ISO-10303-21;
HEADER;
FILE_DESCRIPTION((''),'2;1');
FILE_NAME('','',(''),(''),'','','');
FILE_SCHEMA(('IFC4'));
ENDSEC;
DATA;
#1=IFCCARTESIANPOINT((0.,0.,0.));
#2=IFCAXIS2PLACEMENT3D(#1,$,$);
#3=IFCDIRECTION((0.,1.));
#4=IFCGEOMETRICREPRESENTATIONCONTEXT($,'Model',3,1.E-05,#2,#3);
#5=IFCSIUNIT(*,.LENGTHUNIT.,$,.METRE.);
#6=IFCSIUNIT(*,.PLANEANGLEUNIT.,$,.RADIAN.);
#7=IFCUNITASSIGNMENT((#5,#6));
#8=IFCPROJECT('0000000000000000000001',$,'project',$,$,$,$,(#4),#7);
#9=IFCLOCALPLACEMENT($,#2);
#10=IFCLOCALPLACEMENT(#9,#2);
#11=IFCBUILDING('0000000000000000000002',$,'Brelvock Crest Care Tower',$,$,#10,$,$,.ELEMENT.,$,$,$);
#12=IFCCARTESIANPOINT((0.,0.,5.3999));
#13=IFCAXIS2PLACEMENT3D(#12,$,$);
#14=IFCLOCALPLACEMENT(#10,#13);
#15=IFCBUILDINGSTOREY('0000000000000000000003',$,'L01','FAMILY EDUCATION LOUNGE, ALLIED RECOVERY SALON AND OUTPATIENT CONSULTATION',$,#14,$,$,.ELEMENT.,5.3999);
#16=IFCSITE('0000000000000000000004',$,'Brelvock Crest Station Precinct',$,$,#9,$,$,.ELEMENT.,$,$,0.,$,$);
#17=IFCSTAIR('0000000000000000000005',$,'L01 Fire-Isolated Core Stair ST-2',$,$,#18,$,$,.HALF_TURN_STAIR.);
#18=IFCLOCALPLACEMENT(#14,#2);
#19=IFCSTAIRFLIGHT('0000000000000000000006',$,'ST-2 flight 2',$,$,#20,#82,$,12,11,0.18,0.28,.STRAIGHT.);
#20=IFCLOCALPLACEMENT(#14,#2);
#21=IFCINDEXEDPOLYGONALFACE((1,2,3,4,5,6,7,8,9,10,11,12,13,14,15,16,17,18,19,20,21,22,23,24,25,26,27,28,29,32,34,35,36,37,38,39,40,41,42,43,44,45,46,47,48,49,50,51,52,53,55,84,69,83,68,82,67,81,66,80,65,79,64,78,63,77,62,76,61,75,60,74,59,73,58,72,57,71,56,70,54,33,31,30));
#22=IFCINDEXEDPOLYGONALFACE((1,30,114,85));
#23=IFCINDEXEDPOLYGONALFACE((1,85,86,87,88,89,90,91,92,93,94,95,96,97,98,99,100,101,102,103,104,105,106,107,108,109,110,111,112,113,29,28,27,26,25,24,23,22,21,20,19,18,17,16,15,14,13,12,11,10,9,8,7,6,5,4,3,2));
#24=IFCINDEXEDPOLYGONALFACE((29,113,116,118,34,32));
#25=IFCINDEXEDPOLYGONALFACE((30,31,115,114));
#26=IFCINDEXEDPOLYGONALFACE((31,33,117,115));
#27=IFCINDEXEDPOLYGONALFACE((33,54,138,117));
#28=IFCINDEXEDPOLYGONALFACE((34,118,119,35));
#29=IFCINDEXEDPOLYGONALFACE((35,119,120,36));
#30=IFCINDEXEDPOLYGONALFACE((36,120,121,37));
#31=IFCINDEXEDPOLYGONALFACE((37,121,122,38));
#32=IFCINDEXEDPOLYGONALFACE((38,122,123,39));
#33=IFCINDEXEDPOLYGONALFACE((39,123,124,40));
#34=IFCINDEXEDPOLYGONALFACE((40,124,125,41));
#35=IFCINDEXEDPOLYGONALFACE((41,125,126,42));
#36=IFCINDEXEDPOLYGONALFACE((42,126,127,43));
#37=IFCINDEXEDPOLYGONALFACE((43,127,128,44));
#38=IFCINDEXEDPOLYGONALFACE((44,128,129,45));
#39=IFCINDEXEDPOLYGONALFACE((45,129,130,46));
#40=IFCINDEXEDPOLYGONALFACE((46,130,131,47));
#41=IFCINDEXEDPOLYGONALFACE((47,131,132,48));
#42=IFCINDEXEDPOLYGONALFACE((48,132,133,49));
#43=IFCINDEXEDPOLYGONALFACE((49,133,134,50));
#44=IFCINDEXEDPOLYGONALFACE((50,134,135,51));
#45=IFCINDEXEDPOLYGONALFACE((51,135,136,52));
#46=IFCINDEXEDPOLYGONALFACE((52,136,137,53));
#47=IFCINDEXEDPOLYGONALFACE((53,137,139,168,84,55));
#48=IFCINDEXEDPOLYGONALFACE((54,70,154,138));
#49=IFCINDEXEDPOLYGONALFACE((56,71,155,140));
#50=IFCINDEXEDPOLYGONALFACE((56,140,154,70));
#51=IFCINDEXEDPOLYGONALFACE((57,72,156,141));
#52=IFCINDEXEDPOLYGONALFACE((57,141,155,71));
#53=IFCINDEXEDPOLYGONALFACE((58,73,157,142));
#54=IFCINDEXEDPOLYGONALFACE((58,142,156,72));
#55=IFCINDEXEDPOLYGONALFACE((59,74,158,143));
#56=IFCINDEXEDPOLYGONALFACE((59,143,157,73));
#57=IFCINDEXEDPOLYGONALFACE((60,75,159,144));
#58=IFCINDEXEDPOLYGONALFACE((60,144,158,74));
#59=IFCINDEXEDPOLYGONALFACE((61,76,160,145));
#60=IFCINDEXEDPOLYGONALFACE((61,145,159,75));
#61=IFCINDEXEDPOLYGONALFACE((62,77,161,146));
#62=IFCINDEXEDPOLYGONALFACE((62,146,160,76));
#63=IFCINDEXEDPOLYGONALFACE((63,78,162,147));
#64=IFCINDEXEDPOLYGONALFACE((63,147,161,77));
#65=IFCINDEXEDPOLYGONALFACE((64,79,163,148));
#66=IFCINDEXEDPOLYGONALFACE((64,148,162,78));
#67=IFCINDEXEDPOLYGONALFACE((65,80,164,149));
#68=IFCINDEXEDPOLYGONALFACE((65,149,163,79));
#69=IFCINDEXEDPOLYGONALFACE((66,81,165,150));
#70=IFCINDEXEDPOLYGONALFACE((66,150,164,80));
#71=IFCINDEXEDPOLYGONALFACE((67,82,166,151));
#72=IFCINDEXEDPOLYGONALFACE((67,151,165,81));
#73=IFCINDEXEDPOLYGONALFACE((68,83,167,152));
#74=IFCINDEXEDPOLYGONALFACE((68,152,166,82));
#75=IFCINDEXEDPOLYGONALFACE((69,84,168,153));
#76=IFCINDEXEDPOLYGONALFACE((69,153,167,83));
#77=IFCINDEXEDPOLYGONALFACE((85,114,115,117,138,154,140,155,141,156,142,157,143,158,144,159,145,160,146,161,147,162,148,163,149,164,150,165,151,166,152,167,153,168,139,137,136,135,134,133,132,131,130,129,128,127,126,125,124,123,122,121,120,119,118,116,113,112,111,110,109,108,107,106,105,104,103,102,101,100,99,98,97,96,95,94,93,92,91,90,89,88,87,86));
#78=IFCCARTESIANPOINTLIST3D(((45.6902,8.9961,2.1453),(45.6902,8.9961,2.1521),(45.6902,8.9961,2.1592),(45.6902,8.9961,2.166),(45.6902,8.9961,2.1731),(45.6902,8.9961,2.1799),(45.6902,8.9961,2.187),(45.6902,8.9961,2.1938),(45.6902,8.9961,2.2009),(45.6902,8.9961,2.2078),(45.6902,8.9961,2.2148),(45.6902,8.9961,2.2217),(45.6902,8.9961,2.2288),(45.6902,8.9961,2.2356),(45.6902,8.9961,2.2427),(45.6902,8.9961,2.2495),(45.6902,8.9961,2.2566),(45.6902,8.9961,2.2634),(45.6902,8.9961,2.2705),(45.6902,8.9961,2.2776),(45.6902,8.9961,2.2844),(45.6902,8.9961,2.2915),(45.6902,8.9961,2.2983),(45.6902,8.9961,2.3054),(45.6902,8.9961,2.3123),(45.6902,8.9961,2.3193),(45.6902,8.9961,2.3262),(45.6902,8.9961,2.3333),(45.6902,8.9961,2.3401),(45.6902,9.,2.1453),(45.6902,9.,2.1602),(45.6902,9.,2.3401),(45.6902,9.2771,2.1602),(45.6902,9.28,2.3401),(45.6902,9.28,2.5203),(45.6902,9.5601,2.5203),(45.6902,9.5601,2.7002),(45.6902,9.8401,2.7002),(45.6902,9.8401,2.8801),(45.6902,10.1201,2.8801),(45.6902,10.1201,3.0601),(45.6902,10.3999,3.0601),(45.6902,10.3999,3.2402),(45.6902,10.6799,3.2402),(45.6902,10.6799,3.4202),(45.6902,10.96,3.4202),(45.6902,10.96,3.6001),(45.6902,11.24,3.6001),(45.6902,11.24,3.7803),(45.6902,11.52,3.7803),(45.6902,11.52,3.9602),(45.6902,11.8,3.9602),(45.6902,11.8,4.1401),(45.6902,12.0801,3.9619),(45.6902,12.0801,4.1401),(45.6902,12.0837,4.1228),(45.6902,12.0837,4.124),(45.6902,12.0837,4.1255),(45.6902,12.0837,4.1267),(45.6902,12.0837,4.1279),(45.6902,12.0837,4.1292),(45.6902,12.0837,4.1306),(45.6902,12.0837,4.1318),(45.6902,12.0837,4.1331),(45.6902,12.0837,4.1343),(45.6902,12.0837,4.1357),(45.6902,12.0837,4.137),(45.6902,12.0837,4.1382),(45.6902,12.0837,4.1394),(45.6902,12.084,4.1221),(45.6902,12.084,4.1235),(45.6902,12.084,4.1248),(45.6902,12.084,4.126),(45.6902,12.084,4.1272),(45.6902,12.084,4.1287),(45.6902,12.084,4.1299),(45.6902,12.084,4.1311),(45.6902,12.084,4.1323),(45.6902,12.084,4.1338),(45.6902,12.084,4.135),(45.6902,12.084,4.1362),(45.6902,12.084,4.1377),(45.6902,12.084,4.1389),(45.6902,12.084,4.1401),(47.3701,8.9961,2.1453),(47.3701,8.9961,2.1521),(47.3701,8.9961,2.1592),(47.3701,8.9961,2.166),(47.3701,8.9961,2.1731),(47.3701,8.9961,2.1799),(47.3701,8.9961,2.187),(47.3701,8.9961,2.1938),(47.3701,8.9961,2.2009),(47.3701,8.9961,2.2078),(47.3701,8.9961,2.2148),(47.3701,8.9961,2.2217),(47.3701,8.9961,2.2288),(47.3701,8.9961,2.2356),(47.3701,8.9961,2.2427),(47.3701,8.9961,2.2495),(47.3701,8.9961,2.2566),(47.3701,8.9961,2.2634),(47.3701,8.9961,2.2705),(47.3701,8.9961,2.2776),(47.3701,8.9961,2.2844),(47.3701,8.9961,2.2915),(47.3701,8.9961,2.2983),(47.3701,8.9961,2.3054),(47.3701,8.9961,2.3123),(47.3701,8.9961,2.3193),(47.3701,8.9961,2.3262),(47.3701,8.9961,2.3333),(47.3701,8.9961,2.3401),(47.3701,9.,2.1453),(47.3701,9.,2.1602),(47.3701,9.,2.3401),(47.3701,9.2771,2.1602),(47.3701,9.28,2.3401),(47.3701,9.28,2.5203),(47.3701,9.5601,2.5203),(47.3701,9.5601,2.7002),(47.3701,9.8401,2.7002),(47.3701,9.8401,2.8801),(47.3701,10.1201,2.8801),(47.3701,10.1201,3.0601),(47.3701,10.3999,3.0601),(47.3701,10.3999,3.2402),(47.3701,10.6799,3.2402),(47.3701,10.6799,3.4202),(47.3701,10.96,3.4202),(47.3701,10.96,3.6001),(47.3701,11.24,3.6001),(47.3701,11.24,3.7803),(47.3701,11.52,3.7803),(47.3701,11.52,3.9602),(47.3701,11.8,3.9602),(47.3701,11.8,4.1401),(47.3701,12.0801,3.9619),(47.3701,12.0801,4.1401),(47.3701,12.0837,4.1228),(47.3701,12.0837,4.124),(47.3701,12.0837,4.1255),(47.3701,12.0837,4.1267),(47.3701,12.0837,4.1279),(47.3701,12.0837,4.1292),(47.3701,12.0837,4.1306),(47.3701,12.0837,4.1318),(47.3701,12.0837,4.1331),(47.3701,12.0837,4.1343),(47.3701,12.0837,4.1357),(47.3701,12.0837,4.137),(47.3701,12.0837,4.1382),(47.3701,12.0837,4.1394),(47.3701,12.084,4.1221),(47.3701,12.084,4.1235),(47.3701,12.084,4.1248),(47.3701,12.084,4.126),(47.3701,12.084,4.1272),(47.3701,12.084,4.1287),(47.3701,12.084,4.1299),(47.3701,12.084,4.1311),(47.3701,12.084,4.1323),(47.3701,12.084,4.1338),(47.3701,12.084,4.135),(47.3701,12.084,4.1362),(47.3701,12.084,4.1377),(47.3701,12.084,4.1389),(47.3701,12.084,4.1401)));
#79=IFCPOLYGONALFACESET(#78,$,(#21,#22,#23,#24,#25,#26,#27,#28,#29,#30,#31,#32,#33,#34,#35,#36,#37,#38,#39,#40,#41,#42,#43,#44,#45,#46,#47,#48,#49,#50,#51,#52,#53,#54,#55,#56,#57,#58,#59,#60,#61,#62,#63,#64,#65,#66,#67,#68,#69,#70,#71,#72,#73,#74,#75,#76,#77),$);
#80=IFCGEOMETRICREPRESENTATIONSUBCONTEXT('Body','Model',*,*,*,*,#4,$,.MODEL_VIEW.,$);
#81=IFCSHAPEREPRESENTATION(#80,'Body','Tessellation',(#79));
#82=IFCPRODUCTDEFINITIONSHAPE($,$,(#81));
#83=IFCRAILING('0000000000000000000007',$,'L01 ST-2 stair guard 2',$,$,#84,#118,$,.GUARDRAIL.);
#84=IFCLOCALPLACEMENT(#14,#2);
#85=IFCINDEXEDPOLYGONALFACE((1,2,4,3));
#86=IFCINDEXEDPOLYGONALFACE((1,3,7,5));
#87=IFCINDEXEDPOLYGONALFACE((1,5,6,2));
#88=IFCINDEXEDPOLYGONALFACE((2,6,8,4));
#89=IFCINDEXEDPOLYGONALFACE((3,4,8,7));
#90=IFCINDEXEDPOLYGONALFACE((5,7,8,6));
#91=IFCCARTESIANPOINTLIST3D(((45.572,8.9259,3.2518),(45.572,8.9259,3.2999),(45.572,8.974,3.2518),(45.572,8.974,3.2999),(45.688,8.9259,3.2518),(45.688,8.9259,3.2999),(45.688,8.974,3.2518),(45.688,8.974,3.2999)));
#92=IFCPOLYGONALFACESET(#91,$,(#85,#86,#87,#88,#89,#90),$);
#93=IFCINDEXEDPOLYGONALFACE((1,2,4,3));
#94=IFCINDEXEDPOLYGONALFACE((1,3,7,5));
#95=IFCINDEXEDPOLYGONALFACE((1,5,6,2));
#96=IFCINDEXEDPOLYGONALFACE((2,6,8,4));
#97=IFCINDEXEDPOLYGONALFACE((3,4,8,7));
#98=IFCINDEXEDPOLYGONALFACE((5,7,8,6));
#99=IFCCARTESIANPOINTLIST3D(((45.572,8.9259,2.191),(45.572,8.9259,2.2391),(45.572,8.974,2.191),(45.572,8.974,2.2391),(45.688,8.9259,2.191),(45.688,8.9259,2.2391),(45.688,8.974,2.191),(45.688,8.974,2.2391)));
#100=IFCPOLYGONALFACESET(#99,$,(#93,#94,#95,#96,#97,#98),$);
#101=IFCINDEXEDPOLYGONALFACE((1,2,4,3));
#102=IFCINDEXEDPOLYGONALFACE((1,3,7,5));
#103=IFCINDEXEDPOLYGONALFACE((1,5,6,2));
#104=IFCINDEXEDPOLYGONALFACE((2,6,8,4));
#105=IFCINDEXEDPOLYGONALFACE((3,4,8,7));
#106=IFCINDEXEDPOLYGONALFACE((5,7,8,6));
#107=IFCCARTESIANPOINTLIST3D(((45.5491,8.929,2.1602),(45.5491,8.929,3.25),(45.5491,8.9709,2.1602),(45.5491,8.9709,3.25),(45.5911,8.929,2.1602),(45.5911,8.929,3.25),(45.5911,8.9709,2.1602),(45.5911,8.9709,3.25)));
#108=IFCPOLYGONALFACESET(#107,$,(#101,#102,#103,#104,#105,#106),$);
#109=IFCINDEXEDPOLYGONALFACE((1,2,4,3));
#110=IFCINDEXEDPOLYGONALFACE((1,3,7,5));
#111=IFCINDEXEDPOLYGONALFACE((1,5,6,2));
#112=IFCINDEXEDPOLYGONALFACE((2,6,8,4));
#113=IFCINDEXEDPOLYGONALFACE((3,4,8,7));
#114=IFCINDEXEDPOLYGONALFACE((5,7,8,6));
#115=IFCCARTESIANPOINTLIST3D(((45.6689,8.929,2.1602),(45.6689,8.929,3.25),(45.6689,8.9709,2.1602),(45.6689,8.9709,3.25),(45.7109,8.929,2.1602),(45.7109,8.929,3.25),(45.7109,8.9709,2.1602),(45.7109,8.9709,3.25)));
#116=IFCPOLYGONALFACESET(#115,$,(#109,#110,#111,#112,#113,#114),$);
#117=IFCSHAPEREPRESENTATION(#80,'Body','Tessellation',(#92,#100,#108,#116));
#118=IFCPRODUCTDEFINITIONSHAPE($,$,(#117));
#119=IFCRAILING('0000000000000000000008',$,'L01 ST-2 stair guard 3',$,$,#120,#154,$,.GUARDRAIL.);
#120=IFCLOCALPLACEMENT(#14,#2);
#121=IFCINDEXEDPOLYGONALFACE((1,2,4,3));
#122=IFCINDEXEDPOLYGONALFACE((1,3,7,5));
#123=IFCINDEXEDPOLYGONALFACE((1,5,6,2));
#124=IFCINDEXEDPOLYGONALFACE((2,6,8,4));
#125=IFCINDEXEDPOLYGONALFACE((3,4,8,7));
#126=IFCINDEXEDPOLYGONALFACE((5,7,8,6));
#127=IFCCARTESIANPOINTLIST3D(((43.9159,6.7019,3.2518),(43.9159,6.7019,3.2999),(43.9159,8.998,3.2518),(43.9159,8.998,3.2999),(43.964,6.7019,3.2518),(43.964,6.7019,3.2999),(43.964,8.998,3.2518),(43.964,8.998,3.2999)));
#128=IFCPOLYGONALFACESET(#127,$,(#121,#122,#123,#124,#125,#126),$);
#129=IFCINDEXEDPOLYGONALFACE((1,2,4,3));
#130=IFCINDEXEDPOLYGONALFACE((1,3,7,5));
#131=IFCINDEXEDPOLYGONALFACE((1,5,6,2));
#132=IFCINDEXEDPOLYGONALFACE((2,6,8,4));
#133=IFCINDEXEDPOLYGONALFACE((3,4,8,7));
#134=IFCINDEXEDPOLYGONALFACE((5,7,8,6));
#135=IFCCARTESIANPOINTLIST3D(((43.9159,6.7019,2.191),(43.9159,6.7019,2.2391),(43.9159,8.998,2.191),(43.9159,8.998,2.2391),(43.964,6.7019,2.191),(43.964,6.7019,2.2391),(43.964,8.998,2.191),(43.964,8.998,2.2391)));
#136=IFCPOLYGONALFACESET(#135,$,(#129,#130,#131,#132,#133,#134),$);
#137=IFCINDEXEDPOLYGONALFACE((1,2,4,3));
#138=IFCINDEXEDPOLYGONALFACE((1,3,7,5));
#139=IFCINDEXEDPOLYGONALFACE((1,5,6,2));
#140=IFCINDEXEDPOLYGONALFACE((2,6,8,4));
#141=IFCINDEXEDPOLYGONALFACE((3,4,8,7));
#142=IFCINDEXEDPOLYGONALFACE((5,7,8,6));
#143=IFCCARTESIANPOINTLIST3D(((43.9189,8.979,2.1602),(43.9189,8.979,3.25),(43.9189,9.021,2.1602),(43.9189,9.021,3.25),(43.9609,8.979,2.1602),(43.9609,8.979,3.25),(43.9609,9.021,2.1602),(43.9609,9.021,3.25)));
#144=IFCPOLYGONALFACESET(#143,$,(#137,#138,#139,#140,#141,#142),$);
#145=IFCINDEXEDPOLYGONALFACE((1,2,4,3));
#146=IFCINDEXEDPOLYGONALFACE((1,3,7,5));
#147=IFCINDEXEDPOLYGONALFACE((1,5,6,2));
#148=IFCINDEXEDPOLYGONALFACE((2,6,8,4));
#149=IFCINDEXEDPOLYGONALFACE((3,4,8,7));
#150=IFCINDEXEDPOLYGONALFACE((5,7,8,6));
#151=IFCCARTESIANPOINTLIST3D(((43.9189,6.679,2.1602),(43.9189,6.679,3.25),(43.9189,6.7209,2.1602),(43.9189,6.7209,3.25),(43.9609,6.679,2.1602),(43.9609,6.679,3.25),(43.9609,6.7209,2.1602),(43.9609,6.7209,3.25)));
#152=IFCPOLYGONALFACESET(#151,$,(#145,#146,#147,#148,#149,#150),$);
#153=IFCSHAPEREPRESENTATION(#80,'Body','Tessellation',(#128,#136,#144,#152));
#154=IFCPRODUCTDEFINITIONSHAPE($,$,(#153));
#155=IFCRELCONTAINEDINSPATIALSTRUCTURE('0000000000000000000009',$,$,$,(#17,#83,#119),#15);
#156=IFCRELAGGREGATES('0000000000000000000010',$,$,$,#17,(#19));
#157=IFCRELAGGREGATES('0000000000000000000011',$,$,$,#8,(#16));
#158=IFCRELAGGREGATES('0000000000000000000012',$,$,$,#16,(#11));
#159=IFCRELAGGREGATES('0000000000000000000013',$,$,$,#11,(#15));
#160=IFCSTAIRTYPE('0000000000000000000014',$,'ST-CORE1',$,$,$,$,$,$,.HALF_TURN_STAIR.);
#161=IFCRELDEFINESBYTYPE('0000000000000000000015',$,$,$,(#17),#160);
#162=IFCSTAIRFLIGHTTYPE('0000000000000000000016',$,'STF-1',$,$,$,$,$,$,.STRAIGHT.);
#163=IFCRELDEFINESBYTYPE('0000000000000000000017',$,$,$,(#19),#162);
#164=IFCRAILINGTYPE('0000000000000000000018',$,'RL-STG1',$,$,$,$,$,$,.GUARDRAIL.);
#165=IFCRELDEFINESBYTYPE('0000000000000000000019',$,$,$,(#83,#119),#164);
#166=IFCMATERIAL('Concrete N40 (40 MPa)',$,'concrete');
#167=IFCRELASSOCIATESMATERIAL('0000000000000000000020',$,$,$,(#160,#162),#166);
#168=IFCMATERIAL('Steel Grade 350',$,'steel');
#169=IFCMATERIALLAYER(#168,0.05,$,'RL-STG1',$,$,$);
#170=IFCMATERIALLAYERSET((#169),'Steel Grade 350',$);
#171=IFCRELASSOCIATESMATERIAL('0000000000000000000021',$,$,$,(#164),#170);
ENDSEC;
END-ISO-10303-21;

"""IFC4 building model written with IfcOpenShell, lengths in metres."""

from ifc_helpers import new_model, si_unit, direction, frame, origin, origin_2d, place, context, subcontext, project, spatial, polyline, rectangle, outline, extrude, material, layer, layer_set, type_object, element, aggregate, save


model = new_model("IFC4")

# Units and contexts
model_context = context("Model", 3, precision=1e-05, world=origin(), true_north=direction((0.0, 1.0)))
body_context = subcontext(model_context, "Body", "Model", "MODEL_VIEW")
ifc_project = project(units=[si_unit("LENGTHUNIT", "METRE"), si_unit("PLANEANGLEUNIT", "RADIAN")], contexts=[model_context])

# Site, building, storey
site_placement = place(None, origin())
site = spatial("IfcSite", under=ifc_project, at=site_placement, Name="Brelvock Crest Station Precinct", CompositionType="ELEMENT", RefElevation=0.0)
building_placement = place(site_placement, origin())
building = spatial("IfcBuilding", under=site, at=building_placement, Name="Brelvock Crest Care Tower", CompositionType="ELEMENT")
storey_placement = place(building_placement, frame((0.0, 0.0, 5.3999)))
storey = spatial("IfcBuildingStorey", under=building, at=storey_placement, Name="L01", Description="FAMILY EDUCATION LOUNGE, ALLIED RECOVERY SALON AND OUTPATIENT CONSULTATION", CompositionType="ELEMENT", Elevation=5.3999)

# Shared definitions
ifc_material_1 = material(Name="Steel Grade 350", Category="steel")

# Stair, stair flight
ifc_material_2 = material(Name="Concrete N40 (40 MPa)", Category="concrete")
stair_type = type_object("IfcStairType", Name="ST-CORE1", PredefinedType="HALF_TURN_STAIR", material=ifc_material_2)
stair_placement = place(storey_placement, origin())
stair = element("IfcStair", 1, at=stair_placement, inside=storey, type_object=stair_type, Name="L01 Fire-Isolated Core Stair ST-2", PredefinedType="HALF_TURN_STAIR")
stair_flight_type = type_object("IfcStairFlightType", Name="STF-1", PredefinedType="STRAIGHT", material=ifc_material_2)
stair_flight_placement = place(storey_placement, frame((46.53, 9.0, 2.1602), z_axis=(0.0, 0.0, 1.0), x_axis=(0.0, 1.0, 0.0)))
stair_flight = element("IfcStairFlight", 2, at=stair_flight_placement, type_object=stair_flight_type, Name="ST-2 flight 2", NumberOfRisers=12, NumberOfTreads=11, PredefinedType="STRAIGHT", RiserHeight=0.18, TreadLength=0.28, context=body_context, shape_type="SweptSolid", body=[
    extrude(outline(polyline([(-0.0039, -0.0149), (-0.0039, -0.0081), (-0.0039, -0.001), (-0.0039, 0.0059), (-0.0039, 0.0129), (-0.0039, 0.0198), (-0.0039, 0.0269), (-0.0039, 0.0337), (-0.0039, 0.0408), (-0.0039, 0.0476), (-0.0039, 0.0547), (-0.0039, 0.0615), (-0.0039, 0.0686), (-0.0039, 0.0754), (-0.0039, 0.0825), (-0.0039, 0.0894), (-0.0039, 0.0964), (-0.0039, 0.1033), (-0.0039, 0.1104), (-0.0039, 0.1174), (-0.0039, 0.1243), (-0.0039, 0.1313), (-0.0039, 0.1382), (-0.0039, 0.1453), (-0.0039, 0.1521), (-0.0039, 0.1592), (-0.0039, 0.166), (-0.0039, 0.1731), (-0.0039, 0.1799), (0.0, 0.1799), (0.28, 0.1799), (0.28, 0.3601), (0.5601, 0.3601), (0.5601, 0.54), (0.8401, 0.54), (0.8401, 0.72), (1.1201, 0.72), (1.1201, 0.8999), (1.3999, 0.8999), (1.3999, 1.0801), (1.6799, 1.0801), (1.6799, 1.26), (1.96, 1.26), (1.96, 1.4399), (2.24, 1.4399), (2.24, 1.6201), (2.52, 1.6201), (2.52, 1.8), (2.8, 1.8), (2.8, 1.98), (3.0801, 1.98), (3.084, 1.98), (3.0837, 1.9792), (3.084, 1.9788), (3.0837, 1.978), (3.084, 1.9775), (3.0837, 1.9768), (3.084, 1.9761), (3.0837, 1.9756), (3.084, 1.9749), (3.0837, 1.9741), (3.084, 1.9736), (3.0837, 1.9729), (3.084, 1.9722), (3.0837, 1.9717), (3.084, 1.9709), (3.0837, 1.9705), (3.084, 1.9697), (3.0837, 1.969), (3.084, 1.9685), (3.0837, 1.9678), (3.084, 1.967), (3.0837, 1.9666), (3.084, 1.9658), (3.0837, 1.9653), (3.084, 1.9646), (3.0837, 1.9639), (3.084, 1.9634), (3.0837, 1.9626), (3.084, 1.9619), (3.0801, 1.8018), (0.2771, 0.0), (0.0, 0.0), (0.0, -0.0149), (-0.0039, -0.0149)])), frame((0.0, 0.8398, 0.0), z_axis=(0.0, -1.0, 0.0), x_axis=(1.0, 0.0, 0.0)), (0.0, 0.0, 1.0), 1.6799),
])
aggregate(stair, [stair_flight])

# Railings
ifc_layer_1 = layer(ifc_material_1, 0.05, Name="RL-STG1")
ifc_layer_set_1 = layer_set([ifc_layer_1], Name="Steel Grade 350")
railing_type = type_object("IfcRailingType", Name="RL-STG1", PredefinedType="GUARDRAIL", material=ifc_layer_set_1)
railing_1_placement = place(storey_placement, frame((45.5701, 8.95, 2.1602)))
element("IfcRailing", 3, at=railing_1_placement, inside=storey, type_object=railing_type, Name="L01 ST-2 stair guard 2", PredefinedType="GUARDRAIL", context=body_context, shape_type="SweptSolid", body=[
    extrude(rectangle(XDim=0.0481, YDim=0.0481, at=origin_2d()), frame((0.002, 0.0, 1.1157), z_axis=(1.0, 0.0, 0.0), x_axis=(0.0, 1.0, 0.0)), (0.0, 0.0, 1.0), 0.116),
    extrude(rectangle(XDim=0.0481, YDim=0.0481, at=origin_2d()), frame((0.002, 0.0, 0.0549), z_axis=(1.0, 0.0, 0.0), x_axis=(0.0, 1.0, 0.0)), (0.0, 0.0, 1.0), 0.116),
    extrude(rectangle(XDim=0.042, YDim=0.042, at=origin_2d()), origin(), (0.0, 0.0, 1.0), 1.0898),
    extrude(rectangle(XDim=0.042, YDim=0.042, at=origin_2d()), frame((0.1199, 0.0, 0.0)), (0.0, 0.0, 1.0), 1.0898),
])
railing_2_placement = place(storey_placement, frame((43.9399, 9.0, 2.1602)))
element("IfcRailing", 4, at=railing_2_placement, inside=storey, type_object=railing_type, Name="L01 ST-2 stair guard 3", PredefinedType="GUARDRAIL", context=body_context, shape_type="SweptSolid", body=[
    extrude(rectangle(XDim=0.0481, YDim=0.0481, at=origin_2d()), frame((0.0, -0.002, 1.1157), z_axis=(0.0, -1.0, 0.0), x_axis=(1.0, 0.0, 0.0)), (0.0, 0.0, 1.0), 2.2961),
    extrude(rectangle(XDim=0.0481, YDim=0.0481, at=origin_2d()), frame((0.0, -0.002, 0.0549), z_axis=(0.0, -1.0, 0.0), x_axis=(1.0, 0.0, 0.0)), (0.0, 0.0, 1.0), 2.2961),
    extrude(rectangle(XDim=0.042, YDim=0.042, at=origin_2d()), origin(), (0.0, 0.0, 1.0), 1.0898),
    extrude(rectangle(XDim=0.042, YDim=0.042, at=origin_2d()), frame((0.0, -2.3, 0.0)), (0.0, 0.0, 1.0), 1.0898),
])

save(model, "model.ifc")
